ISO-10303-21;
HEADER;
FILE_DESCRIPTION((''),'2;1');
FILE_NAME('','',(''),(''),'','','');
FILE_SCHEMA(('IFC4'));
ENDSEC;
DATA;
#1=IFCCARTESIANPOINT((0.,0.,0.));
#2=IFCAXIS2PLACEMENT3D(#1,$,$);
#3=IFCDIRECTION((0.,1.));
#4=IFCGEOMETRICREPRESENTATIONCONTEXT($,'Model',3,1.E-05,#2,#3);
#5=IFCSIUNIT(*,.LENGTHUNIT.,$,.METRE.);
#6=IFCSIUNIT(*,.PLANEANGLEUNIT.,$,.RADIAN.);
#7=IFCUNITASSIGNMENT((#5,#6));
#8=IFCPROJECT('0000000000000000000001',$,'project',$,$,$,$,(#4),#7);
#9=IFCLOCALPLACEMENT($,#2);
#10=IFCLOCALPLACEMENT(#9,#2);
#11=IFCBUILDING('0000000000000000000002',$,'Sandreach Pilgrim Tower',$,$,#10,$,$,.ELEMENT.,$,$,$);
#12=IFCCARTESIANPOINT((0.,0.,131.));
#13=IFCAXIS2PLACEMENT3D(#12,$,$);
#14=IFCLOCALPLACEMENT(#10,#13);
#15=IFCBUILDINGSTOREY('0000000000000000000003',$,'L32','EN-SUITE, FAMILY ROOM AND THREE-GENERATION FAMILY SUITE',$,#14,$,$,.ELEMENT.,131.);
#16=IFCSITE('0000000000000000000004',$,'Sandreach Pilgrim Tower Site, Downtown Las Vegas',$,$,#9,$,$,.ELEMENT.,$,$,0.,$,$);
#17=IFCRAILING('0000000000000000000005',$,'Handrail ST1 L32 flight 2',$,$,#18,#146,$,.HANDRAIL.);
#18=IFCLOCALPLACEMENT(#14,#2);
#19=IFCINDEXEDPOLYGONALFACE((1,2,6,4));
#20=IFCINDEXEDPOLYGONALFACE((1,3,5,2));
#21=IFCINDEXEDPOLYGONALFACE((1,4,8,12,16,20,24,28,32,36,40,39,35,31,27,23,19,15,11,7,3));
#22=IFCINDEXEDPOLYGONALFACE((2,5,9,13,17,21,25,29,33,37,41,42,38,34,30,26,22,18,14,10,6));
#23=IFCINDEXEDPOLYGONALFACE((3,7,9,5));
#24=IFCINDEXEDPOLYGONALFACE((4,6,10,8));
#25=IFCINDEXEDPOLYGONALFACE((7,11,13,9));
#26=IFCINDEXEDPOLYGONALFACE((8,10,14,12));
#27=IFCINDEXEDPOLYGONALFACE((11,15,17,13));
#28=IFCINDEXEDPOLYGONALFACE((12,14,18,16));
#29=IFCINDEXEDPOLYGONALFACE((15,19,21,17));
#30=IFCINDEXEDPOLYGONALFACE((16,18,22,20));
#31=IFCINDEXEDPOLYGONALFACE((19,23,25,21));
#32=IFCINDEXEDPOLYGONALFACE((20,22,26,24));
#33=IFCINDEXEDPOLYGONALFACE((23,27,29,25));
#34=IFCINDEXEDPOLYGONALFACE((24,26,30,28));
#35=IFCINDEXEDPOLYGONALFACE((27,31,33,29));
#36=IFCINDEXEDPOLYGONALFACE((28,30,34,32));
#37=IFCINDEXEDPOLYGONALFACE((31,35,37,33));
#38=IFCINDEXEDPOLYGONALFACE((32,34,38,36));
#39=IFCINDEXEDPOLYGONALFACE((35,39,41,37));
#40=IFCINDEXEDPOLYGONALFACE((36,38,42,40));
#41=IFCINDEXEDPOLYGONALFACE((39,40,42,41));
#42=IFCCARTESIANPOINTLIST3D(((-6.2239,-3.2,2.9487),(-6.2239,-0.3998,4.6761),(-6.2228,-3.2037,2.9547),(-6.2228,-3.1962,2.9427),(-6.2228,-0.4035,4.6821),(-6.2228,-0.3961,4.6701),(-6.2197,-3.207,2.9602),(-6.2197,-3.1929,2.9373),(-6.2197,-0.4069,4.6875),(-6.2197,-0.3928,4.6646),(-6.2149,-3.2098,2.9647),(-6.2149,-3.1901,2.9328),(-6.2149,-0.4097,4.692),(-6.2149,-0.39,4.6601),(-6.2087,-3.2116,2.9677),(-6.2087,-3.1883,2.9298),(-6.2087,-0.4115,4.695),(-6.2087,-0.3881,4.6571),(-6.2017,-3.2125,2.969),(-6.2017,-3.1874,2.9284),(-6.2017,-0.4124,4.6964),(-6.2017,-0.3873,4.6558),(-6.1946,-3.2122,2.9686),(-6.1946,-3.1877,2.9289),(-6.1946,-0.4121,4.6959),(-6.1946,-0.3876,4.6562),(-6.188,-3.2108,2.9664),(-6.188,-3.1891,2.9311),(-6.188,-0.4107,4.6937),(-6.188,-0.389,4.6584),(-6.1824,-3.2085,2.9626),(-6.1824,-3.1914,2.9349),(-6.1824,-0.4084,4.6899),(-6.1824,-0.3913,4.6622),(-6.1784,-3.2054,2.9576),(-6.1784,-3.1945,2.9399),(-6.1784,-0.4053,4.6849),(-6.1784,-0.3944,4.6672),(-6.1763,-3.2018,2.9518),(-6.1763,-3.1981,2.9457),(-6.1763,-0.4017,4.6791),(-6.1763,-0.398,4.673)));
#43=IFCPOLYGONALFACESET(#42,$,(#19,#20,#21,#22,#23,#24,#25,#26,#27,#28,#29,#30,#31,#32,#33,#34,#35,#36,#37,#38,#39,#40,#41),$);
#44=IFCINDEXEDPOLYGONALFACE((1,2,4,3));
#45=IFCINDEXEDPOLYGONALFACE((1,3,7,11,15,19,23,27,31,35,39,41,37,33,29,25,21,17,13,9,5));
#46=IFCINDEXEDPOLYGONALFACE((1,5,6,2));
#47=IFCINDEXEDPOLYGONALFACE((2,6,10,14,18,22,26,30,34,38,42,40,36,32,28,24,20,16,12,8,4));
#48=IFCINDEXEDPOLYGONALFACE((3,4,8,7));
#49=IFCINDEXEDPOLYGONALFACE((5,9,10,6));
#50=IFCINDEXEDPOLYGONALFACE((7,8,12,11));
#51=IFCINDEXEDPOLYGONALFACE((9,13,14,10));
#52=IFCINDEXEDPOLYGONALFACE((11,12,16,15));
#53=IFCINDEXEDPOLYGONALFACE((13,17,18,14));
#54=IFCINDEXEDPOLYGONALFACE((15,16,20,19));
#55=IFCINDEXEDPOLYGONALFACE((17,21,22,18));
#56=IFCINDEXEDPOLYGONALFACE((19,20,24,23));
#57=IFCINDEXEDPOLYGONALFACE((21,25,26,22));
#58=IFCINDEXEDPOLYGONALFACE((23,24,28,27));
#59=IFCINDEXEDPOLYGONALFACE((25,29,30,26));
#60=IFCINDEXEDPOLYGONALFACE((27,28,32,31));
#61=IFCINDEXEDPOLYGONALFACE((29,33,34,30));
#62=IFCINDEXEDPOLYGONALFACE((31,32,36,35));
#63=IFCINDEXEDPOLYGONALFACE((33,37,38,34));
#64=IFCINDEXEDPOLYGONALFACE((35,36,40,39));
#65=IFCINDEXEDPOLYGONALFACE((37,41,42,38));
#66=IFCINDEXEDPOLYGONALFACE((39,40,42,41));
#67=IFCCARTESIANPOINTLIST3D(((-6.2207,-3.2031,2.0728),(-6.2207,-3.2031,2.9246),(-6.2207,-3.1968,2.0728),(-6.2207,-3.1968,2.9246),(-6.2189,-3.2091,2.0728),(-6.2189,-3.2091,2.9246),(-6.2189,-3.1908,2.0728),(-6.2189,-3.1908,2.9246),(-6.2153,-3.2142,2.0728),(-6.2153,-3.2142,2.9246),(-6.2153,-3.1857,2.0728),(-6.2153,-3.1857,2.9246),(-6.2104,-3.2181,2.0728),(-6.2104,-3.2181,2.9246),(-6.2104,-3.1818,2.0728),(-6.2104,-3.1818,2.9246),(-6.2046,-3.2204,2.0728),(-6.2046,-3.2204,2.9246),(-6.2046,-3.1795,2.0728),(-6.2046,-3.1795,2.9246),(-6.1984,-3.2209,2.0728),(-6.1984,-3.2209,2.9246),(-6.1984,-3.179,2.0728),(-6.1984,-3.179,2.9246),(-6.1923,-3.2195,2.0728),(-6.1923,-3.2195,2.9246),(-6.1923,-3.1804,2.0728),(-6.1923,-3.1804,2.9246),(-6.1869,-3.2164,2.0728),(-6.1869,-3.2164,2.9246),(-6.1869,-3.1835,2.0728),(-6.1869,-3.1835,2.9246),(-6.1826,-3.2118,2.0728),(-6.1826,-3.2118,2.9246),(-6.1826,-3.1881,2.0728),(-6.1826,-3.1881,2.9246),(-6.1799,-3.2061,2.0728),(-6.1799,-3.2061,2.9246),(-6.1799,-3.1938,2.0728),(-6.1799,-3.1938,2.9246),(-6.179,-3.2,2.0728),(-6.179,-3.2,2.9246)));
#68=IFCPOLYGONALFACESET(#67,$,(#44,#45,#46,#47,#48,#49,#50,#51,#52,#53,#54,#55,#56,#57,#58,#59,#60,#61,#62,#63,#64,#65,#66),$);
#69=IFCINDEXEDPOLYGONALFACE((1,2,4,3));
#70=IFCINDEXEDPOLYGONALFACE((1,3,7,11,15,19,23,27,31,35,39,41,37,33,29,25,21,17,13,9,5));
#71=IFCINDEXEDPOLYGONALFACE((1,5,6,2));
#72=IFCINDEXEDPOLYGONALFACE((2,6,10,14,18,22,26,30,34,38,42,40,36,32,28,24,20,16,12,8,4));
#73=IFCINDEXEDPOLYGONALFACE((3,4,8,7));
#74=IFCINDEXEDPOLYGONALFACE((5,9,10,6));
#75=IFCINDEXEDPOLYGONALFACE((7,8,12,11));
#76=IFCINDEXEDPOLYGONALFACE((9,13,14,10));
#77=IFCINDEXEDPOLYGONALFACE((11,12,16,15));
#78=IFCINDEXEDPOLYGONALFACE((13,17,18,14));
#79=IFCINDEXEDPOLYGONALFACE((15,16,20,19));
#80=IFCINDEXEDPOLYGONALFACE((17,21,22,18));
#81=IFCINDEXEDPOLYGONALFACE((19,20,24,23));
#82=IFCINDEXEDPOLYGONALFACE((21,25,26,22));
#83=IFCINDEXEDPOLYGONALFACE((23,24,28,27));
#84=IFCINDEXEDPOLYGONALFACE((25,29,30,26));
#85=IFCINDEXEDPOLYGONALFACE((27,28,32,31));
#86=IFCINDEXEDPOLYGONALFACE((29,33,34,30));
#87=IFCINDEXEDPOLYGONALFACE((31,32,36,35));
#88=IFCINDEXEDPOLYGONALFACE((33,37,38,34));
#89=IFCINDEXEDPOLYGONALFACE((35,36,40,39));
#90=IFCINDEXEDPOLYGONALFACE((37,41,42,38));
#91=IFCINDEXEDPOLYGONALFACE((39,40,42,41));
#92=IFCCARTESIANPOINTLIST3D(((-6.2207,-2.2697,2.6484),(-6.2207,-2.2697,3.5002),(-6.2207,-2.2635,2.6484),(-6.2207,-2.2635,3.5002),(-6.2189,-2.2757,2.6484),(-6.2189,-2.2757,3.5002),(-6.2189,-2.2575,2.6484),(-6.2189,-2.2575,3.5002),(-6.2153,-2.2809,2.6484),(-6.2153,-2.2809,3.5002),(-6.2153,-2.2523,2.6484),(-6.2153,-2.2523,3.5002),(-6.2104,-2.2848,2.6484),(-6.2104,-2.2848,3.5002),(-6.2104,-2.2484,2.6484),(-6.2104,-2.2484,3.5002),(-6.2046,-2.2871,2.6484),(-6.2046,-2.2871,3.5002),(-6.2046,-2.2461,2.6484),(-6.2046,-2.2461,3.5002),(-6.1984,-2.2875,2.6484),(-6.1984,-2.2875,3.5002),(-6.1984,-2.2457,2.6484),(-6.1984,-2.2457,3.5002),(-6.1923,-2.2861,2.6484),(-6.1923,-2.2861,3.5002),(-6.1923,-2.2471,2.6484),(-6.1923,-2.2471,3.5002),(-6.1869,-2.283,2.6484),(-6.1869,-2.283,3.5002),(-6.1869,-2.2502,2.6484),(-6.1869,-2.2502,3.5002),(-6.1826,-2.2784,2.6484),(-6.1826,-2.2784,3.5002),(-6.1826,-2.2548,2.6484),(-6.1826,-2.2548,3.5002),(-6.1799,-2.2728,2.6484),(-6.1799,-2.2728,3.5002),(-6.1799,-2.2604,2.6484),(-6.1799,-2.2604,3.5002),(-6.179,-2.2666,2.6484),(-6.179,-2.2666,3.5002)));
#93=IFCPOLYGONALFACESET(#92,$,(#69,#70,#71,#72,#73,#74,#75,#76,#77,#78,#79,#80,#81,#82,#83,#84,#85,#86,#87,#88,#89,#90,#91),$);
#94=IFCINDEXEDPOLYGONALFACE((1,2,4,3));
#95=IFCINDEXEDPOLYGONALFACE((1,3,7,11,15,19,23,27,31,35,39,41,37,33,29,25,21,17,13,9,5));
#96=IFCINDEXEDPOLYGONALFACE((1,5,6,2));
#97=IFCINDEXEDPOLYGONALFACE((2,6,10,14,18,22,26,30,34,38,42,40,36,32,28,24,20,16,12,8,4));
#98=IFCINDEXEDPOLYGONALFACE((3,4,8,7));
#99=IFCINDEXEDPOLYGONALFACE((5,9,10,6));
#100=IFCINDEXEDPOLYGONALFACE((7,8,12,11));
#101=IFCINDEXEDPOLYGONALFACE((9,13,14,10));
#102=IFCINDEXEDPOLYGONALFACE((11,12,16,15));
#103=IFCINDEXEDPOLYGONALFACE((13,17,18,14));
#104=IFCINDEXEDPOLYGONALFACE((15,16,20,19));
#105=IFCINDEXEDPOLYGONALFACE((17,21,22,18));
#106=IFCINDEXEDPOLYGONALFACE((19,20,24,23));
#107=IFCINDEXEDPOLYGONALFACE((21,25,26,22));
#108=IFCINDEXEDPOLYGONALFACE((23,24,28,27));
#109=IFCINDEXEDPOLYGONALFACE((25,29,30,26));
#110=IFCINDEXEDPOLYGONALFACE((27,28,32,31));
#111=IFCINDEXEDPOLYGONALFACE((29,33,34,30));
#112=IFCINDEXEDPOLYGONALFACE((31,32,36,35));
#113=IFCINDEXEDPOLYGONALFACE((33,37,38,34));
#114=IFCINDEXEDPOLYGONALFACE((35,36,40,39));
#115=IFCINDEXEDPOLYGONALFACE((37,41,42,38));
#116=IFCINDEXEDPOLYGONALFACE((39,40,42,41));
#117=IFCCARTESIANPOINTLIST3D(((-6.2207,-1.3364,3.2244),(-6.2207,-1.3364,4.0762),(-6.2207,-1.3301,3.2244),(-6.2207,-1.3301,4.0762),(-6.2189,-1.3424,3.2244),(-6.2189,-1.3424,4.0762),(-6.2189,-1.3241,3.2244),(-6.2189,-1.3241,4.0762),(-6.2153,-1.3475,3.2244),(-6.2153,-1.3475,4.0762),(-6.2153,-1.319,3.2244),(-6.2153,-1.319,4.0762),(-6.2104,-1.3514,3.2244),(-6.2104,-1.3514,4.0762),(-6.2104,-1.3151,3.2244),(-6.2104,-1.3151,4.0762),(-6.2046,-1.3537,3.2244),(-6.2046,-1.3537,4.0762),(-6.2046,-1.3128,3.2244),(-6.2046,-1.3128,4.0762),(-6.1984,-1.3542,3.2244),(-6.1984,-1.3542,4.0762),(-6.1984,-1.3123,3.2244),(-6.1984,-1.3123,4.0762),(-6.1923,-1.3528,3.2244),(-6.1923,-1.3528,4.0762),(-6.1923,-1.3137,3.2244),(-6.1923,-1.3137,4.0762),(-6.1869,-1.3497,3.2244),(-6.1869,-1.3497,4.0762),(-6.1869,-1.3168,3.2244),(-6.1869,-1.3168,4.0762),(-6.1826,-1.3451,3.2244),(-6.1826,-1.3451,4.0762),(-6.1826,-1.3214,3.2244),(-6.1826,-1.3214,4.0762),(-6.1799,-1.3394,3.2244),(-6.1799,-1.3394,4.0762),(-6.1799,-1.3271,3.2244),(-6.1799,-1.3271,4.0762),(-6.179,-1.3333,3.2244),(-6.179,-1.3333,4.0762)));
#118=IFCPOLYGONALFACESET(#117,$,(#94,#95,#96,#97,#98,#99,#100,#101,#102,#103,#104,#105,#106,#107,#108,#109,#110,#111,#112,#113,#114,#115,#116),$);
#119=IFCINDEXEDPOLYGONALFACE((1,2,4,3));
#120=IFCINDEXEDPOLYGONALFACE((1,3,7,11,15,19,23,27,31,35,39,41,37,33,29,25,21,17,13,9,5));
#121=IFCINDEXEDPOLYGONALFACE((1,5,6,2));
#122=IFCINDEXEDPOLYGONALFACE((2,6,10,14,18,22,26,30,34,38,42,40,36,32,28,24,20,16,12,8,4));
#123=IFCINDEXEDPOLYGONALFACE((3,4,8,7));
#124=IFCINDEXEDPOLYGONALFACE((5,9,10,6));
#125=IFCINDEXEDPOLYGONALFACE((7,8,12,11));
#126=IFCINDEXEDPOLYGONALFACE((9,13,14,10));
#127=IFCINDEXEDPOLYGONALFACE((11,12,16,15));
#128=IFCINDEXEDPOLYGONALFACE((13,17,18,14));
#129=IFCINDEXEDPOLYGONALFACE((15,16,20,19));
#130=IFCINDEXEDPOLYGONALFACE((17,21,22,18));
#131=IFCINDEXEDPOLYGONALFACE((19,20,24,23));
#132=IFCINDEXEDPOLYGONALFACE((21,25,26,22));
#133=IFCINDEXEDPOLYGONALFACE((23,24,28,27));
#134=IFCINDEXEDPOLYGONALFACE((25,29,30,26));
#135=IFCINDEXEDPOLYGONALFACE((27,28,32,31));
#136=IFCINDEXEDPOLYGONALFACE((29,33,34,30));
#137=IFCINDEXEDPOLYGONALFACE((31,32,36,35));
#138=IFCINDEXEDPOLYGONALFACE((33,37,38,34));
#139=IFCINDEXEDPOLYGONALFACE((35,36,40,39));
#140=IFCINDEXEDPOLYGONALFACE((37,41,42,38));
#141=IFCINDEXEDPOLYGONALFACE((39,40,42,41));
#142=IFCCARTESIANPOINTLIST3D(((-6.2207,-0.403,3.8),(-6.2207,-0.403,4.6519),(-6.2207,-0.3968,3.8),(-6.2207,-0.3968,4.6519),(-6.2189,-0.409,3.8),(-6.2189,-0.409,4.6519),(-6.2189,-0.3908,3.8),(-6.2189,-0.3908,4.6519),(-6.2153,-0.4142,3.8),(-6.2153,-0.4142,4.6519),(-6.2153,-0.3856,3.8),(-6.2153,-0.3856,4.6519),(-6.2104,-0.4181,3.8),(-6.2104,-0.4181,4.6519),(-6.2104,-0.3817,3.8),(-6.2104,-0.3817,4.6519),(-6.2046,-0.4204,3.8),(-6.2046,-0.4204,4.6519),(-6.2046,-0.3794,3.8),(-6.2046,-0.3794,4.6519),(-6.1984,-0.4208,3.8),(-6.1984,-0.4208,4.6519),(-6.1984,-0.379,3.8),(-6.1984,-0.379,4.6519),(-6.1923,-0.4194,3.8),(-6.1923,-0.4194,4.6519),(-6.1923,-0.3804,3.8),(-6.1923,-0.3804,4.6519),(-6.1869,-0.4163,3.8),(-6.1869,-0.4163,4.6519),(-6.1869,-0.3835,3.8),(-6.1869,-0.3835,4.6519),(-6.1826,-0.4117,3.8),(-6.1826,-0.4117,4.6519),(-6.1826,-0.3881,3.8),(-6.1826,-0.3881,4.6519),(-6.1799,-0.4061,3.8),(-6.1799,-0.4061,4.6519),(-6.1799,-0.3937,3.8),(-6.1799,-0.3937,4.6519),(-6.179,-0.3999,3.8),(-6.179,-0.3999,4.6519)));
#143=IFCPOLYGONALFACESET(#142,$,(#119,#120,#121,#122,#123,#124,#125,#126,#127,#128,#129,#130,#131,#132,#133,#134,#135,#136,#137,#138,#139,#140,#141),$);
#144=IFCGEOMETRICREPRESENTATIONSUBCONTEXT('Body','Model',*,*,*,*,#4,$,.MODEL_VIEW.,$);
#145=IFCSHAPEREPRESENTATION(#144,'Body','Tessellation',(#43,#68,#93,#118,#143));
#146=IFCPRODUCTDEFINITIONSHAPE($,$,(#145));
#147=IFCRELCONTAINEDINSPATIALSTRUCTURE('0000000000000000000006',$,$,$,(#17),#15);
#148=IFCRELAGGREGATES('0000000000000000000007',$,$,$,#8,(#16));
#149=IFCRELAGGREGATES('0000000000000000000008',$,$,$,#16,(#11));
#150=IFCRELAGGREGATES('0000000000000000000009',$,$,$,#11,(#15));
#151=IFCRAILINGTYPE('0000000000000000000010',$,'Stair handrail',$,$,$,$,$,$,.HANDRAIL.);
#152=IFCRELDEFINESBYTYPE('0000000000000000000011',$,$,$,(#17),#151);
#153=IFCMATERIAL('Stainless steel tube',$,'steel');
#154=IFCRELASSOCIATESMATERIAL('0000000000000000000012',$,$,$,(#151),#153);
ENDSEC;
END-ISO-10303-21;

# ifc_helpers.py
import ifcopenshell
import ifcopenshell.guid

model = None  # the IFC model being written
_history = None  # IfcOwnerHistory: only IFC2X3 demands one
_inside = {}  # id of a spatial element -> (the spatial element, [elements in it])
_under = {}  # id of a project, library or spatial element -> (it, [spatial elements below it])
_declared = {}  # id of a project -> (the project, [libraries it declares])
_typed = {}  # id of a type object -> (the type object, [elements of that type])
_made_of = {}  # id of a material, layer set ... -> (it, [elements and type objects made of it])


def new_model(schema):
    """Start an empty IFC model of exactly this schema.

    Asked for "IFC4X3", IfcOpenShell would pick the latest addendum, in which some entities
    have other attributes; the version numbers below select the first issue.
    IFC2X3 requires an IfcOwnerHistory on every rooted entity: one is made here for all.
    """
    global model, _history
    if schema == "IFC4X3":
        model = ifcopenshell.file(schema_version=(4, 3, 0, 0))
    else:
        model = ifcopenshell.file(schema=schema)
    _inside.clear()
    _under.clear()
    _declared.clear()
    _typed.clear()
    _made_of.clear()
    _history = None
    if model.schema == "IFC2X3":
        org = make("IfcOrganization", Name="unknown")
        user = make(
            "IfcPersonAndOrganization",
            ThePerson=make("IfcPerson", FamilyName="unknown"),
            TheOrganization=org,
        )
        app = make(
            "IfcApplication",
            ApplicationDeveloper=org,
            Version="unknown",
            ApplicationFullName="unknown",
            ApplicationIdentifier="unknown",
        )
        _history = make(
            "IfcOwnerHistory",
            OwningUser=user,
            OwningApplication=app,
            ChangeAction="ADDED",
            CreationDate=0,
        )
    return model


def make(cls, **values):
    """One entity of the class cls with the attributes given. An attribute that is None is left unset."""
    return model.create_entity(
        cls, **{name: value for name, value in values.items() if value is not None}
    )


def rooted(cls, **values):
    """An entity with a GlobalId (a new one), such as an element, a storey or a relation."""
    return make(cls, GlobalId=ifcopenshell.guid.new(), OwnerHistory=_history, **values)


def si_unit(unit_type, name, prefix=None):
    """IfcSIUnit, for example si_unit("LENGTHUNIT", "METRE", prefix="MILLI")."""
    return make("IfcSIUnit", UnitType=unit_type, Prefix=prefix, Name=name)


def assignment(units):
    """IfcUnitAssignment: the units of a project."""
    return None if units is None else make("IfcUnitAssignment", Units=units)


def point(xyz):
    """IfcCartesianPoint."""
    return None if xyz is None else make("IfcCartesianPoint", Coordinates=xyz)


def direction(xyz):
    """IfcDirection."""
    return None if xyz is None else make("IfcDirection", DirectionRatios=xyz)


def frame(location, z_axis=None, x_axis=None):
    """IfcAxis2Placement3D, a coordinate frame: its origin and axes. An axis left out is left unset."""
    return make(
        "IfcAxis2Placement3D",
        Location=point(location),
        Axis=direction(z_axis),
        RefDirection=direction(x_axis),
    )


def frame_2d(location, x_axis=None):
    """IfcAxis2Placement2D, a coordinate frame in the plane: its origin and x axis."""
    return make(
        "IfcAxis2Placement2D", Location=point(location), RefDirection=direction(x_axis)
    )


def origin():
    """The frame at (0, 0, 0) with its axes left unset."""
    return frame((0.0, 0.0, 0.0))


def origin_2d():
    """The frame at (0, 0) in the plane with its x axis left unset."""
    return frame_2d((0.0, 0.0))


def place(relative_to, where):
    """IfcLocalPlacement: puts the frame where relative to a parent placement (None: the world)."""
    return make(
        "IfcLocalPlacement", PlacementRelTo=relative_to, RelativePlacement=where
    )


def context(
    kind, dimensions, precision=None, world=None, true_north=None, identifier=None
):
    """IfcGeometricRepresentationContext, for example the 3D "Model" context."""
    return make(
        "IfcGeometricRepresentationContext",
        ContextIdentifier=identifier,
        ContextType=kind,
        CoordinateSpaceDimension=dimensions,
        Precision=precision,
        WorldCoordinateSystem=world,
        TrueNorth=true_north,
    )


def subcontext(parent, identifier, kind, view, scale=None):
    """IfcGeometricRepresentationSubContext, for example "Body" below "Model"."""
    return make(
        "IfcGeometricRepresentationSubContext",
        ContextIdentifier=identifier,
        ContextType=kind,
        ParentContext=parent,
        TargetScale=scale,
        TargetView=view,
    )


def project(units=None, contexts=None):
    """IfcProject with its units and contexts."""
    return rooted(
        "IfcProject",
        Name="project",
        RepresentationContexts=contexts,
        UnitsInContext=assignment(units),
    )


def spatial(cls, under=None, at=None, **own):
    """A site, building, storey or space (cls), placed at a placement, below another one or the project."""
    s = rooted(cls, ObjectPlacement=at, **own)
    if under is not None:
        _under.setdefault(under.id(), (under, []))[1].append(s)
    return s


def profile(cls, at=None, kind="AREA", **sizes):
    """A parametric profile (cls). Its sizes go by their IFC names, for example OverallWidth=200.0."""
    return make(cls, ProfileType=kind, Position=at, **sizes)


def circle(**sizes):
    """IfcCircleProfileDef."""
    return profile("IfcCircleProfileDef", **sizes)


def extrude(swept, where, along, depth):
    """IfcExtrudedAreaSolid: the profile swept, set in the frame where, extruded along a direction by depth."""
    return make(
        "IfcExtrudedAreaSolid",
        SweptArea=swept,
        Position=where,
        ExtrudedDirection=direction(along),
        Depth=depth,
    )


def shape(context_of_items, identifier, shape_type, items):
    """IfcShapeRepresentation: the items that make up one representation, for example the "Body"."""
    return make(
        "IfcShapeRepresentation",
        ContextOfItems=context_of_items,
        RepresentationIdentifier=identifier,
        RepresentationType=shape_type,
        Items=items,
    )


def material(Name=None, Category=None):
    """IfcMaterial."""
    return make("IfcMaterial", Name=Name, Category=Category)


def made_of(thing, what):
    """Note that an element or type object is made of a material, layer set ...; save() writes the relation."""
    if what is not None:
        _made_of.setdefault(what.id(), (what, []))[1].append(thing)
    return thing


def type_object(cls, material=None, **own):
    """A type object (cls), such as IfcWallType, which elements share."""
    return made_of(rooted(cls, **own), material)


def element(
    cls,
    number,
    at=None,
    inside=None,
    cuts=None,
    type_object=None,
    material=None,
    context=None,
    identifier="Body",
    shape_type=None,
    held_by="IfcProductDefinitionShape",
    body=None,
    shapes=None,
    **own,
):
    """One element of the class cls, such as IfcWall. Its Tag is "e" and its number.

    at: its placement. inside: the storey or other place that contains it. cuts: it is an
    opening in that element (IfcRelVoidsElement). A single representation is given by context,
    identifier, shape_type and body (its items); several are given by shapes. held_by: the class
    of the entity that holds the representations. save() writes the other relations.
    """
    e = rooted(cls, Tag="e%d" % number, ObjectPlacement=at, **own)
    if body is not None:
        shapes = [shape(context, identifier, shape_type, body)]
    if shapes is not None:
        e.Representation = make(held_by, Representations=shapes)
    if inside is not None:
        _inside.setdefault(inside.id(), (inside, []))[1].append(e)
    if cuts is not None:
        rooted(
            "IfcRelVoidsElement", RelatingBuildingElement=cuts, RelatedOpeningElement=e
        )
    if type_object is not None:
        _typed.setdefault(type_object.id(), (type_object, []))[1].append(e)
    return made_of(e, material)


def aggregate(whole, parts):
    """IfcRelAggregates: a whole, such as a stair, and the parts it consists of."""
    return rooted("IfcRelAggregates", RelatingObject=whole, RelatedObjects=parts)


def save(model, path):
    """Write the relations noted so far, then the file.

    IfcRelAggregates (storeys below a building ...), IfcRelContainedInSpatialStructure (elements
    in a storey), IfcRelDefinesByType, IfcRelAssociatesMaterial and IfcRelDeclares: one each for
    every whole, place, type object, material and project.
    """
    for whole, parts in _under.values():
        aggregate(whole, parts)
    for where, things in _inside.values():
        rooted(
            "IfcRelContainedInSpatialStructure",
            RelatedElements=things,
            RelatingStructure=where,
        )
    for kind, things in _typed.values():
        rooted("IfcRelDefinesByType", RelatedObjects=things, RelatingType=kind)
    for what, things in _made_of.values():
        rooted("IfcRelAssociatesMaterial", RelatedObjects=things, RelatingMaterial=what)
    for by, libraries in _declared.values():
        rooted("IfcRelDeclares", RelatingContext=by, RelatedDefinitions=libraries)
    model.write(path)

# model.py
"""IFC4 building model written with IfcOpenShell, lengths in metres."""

from ifc_helpers import new_model, si_unit, direction, frame, origin, origin_2d, place, context, subcontext, project, spatial, circle, extrude, material, type_object, element, save


model = new_model("IFC4")

# Units and contexts
model_context = context("Model", 3, precision=1e-05, world=origin(), true_north=direction((0.0, 1.0)))
body_context = subcontext(model_context, "Body", "Model", "MODEL_VIEW")
ifc_project = project(units=[si_unit("LENGTHUNIT", "METRE"), si_unit("PLANEANGLEUNIT", "RADIAN")], contexts=[model_context])

# Site, building, storey
site_placement = place(None, origin())
site = spatial("IfcSite", under=ifc_project, at=site_placement, Name="Sandreach Pilgrim Tower Site, Downtown Las Vegas", CompositionType="ELEMENT", RefElevation=0.0)
building_placement = place(site_placement, origin())
building = spatial("IfcBuilding", under=site, at=building_placement, Name="Sandreach Pilgrim Tower", CompositionType="ELEMENT")
storey_placement = place(building_placement, frame((0.0, 0.0, 131.0)))
storey = spatial("IfcBuildingStorey", under=building, at=storey_placement, Name="L32", Description="EN-SUITE, FAMILY ROOM AND THREE-GENERATION FAMILY SUITE", CompositionType="ELEMENT", Elevation=131.0)

# Railing
ifc_material_1 = material(Name="Stainless steel tube", Category="steel")
railing_type = type_object("IfcRailingType", Name="Stair handrail", PredefinedType="HANDRAIL", material=ifc_material_1)
for number, where, name in (
    (1, (-6.2, -3.2, 2.0728), "Handrail ST1 L32 flight 2"),
):
    element("IfcRailing", number, at=place(storey_placement, frame(where)), inside=storey, type_object=railing_type, Name=name, PredefinedType="HANDRAIL", context=body_context, shape_type="SweptSolid", body=[
        extrude(circle(Radius=0.0239, at=origin_2d()), frame((0.0, 0.0, 0.876), z_axis=(0.0, 0.85109, 0.52502), x_axis=(-1.0, 0.0, 0.0)), (0.0, 0.0, 1.0), 3.29),
        extrude(circle(Radius=0.021, at=origin_2d()), origin(), (0.0, 0.0, 1.0), 0.8518),
        extrude(circle(Radius=0.021, at=origin_2d()), frame((0.0, 0.9333, 0.5757)), (0.0, 0.0, 1.0), 0.8518),
        extrude(circle(Radius=0.021, at=origin_2d()), frame((0.0, 1.8667, 1.1516)), (0.0, 0.0, 1.0), 0.8518),
        extrude(circle(Radius=0.021, at=origin_2d()), frame((0.0, 2.8, 1.7273)), (0.0, 0.0, 1.0), 0.8518),
    ])

save(model, "model.ifc")
